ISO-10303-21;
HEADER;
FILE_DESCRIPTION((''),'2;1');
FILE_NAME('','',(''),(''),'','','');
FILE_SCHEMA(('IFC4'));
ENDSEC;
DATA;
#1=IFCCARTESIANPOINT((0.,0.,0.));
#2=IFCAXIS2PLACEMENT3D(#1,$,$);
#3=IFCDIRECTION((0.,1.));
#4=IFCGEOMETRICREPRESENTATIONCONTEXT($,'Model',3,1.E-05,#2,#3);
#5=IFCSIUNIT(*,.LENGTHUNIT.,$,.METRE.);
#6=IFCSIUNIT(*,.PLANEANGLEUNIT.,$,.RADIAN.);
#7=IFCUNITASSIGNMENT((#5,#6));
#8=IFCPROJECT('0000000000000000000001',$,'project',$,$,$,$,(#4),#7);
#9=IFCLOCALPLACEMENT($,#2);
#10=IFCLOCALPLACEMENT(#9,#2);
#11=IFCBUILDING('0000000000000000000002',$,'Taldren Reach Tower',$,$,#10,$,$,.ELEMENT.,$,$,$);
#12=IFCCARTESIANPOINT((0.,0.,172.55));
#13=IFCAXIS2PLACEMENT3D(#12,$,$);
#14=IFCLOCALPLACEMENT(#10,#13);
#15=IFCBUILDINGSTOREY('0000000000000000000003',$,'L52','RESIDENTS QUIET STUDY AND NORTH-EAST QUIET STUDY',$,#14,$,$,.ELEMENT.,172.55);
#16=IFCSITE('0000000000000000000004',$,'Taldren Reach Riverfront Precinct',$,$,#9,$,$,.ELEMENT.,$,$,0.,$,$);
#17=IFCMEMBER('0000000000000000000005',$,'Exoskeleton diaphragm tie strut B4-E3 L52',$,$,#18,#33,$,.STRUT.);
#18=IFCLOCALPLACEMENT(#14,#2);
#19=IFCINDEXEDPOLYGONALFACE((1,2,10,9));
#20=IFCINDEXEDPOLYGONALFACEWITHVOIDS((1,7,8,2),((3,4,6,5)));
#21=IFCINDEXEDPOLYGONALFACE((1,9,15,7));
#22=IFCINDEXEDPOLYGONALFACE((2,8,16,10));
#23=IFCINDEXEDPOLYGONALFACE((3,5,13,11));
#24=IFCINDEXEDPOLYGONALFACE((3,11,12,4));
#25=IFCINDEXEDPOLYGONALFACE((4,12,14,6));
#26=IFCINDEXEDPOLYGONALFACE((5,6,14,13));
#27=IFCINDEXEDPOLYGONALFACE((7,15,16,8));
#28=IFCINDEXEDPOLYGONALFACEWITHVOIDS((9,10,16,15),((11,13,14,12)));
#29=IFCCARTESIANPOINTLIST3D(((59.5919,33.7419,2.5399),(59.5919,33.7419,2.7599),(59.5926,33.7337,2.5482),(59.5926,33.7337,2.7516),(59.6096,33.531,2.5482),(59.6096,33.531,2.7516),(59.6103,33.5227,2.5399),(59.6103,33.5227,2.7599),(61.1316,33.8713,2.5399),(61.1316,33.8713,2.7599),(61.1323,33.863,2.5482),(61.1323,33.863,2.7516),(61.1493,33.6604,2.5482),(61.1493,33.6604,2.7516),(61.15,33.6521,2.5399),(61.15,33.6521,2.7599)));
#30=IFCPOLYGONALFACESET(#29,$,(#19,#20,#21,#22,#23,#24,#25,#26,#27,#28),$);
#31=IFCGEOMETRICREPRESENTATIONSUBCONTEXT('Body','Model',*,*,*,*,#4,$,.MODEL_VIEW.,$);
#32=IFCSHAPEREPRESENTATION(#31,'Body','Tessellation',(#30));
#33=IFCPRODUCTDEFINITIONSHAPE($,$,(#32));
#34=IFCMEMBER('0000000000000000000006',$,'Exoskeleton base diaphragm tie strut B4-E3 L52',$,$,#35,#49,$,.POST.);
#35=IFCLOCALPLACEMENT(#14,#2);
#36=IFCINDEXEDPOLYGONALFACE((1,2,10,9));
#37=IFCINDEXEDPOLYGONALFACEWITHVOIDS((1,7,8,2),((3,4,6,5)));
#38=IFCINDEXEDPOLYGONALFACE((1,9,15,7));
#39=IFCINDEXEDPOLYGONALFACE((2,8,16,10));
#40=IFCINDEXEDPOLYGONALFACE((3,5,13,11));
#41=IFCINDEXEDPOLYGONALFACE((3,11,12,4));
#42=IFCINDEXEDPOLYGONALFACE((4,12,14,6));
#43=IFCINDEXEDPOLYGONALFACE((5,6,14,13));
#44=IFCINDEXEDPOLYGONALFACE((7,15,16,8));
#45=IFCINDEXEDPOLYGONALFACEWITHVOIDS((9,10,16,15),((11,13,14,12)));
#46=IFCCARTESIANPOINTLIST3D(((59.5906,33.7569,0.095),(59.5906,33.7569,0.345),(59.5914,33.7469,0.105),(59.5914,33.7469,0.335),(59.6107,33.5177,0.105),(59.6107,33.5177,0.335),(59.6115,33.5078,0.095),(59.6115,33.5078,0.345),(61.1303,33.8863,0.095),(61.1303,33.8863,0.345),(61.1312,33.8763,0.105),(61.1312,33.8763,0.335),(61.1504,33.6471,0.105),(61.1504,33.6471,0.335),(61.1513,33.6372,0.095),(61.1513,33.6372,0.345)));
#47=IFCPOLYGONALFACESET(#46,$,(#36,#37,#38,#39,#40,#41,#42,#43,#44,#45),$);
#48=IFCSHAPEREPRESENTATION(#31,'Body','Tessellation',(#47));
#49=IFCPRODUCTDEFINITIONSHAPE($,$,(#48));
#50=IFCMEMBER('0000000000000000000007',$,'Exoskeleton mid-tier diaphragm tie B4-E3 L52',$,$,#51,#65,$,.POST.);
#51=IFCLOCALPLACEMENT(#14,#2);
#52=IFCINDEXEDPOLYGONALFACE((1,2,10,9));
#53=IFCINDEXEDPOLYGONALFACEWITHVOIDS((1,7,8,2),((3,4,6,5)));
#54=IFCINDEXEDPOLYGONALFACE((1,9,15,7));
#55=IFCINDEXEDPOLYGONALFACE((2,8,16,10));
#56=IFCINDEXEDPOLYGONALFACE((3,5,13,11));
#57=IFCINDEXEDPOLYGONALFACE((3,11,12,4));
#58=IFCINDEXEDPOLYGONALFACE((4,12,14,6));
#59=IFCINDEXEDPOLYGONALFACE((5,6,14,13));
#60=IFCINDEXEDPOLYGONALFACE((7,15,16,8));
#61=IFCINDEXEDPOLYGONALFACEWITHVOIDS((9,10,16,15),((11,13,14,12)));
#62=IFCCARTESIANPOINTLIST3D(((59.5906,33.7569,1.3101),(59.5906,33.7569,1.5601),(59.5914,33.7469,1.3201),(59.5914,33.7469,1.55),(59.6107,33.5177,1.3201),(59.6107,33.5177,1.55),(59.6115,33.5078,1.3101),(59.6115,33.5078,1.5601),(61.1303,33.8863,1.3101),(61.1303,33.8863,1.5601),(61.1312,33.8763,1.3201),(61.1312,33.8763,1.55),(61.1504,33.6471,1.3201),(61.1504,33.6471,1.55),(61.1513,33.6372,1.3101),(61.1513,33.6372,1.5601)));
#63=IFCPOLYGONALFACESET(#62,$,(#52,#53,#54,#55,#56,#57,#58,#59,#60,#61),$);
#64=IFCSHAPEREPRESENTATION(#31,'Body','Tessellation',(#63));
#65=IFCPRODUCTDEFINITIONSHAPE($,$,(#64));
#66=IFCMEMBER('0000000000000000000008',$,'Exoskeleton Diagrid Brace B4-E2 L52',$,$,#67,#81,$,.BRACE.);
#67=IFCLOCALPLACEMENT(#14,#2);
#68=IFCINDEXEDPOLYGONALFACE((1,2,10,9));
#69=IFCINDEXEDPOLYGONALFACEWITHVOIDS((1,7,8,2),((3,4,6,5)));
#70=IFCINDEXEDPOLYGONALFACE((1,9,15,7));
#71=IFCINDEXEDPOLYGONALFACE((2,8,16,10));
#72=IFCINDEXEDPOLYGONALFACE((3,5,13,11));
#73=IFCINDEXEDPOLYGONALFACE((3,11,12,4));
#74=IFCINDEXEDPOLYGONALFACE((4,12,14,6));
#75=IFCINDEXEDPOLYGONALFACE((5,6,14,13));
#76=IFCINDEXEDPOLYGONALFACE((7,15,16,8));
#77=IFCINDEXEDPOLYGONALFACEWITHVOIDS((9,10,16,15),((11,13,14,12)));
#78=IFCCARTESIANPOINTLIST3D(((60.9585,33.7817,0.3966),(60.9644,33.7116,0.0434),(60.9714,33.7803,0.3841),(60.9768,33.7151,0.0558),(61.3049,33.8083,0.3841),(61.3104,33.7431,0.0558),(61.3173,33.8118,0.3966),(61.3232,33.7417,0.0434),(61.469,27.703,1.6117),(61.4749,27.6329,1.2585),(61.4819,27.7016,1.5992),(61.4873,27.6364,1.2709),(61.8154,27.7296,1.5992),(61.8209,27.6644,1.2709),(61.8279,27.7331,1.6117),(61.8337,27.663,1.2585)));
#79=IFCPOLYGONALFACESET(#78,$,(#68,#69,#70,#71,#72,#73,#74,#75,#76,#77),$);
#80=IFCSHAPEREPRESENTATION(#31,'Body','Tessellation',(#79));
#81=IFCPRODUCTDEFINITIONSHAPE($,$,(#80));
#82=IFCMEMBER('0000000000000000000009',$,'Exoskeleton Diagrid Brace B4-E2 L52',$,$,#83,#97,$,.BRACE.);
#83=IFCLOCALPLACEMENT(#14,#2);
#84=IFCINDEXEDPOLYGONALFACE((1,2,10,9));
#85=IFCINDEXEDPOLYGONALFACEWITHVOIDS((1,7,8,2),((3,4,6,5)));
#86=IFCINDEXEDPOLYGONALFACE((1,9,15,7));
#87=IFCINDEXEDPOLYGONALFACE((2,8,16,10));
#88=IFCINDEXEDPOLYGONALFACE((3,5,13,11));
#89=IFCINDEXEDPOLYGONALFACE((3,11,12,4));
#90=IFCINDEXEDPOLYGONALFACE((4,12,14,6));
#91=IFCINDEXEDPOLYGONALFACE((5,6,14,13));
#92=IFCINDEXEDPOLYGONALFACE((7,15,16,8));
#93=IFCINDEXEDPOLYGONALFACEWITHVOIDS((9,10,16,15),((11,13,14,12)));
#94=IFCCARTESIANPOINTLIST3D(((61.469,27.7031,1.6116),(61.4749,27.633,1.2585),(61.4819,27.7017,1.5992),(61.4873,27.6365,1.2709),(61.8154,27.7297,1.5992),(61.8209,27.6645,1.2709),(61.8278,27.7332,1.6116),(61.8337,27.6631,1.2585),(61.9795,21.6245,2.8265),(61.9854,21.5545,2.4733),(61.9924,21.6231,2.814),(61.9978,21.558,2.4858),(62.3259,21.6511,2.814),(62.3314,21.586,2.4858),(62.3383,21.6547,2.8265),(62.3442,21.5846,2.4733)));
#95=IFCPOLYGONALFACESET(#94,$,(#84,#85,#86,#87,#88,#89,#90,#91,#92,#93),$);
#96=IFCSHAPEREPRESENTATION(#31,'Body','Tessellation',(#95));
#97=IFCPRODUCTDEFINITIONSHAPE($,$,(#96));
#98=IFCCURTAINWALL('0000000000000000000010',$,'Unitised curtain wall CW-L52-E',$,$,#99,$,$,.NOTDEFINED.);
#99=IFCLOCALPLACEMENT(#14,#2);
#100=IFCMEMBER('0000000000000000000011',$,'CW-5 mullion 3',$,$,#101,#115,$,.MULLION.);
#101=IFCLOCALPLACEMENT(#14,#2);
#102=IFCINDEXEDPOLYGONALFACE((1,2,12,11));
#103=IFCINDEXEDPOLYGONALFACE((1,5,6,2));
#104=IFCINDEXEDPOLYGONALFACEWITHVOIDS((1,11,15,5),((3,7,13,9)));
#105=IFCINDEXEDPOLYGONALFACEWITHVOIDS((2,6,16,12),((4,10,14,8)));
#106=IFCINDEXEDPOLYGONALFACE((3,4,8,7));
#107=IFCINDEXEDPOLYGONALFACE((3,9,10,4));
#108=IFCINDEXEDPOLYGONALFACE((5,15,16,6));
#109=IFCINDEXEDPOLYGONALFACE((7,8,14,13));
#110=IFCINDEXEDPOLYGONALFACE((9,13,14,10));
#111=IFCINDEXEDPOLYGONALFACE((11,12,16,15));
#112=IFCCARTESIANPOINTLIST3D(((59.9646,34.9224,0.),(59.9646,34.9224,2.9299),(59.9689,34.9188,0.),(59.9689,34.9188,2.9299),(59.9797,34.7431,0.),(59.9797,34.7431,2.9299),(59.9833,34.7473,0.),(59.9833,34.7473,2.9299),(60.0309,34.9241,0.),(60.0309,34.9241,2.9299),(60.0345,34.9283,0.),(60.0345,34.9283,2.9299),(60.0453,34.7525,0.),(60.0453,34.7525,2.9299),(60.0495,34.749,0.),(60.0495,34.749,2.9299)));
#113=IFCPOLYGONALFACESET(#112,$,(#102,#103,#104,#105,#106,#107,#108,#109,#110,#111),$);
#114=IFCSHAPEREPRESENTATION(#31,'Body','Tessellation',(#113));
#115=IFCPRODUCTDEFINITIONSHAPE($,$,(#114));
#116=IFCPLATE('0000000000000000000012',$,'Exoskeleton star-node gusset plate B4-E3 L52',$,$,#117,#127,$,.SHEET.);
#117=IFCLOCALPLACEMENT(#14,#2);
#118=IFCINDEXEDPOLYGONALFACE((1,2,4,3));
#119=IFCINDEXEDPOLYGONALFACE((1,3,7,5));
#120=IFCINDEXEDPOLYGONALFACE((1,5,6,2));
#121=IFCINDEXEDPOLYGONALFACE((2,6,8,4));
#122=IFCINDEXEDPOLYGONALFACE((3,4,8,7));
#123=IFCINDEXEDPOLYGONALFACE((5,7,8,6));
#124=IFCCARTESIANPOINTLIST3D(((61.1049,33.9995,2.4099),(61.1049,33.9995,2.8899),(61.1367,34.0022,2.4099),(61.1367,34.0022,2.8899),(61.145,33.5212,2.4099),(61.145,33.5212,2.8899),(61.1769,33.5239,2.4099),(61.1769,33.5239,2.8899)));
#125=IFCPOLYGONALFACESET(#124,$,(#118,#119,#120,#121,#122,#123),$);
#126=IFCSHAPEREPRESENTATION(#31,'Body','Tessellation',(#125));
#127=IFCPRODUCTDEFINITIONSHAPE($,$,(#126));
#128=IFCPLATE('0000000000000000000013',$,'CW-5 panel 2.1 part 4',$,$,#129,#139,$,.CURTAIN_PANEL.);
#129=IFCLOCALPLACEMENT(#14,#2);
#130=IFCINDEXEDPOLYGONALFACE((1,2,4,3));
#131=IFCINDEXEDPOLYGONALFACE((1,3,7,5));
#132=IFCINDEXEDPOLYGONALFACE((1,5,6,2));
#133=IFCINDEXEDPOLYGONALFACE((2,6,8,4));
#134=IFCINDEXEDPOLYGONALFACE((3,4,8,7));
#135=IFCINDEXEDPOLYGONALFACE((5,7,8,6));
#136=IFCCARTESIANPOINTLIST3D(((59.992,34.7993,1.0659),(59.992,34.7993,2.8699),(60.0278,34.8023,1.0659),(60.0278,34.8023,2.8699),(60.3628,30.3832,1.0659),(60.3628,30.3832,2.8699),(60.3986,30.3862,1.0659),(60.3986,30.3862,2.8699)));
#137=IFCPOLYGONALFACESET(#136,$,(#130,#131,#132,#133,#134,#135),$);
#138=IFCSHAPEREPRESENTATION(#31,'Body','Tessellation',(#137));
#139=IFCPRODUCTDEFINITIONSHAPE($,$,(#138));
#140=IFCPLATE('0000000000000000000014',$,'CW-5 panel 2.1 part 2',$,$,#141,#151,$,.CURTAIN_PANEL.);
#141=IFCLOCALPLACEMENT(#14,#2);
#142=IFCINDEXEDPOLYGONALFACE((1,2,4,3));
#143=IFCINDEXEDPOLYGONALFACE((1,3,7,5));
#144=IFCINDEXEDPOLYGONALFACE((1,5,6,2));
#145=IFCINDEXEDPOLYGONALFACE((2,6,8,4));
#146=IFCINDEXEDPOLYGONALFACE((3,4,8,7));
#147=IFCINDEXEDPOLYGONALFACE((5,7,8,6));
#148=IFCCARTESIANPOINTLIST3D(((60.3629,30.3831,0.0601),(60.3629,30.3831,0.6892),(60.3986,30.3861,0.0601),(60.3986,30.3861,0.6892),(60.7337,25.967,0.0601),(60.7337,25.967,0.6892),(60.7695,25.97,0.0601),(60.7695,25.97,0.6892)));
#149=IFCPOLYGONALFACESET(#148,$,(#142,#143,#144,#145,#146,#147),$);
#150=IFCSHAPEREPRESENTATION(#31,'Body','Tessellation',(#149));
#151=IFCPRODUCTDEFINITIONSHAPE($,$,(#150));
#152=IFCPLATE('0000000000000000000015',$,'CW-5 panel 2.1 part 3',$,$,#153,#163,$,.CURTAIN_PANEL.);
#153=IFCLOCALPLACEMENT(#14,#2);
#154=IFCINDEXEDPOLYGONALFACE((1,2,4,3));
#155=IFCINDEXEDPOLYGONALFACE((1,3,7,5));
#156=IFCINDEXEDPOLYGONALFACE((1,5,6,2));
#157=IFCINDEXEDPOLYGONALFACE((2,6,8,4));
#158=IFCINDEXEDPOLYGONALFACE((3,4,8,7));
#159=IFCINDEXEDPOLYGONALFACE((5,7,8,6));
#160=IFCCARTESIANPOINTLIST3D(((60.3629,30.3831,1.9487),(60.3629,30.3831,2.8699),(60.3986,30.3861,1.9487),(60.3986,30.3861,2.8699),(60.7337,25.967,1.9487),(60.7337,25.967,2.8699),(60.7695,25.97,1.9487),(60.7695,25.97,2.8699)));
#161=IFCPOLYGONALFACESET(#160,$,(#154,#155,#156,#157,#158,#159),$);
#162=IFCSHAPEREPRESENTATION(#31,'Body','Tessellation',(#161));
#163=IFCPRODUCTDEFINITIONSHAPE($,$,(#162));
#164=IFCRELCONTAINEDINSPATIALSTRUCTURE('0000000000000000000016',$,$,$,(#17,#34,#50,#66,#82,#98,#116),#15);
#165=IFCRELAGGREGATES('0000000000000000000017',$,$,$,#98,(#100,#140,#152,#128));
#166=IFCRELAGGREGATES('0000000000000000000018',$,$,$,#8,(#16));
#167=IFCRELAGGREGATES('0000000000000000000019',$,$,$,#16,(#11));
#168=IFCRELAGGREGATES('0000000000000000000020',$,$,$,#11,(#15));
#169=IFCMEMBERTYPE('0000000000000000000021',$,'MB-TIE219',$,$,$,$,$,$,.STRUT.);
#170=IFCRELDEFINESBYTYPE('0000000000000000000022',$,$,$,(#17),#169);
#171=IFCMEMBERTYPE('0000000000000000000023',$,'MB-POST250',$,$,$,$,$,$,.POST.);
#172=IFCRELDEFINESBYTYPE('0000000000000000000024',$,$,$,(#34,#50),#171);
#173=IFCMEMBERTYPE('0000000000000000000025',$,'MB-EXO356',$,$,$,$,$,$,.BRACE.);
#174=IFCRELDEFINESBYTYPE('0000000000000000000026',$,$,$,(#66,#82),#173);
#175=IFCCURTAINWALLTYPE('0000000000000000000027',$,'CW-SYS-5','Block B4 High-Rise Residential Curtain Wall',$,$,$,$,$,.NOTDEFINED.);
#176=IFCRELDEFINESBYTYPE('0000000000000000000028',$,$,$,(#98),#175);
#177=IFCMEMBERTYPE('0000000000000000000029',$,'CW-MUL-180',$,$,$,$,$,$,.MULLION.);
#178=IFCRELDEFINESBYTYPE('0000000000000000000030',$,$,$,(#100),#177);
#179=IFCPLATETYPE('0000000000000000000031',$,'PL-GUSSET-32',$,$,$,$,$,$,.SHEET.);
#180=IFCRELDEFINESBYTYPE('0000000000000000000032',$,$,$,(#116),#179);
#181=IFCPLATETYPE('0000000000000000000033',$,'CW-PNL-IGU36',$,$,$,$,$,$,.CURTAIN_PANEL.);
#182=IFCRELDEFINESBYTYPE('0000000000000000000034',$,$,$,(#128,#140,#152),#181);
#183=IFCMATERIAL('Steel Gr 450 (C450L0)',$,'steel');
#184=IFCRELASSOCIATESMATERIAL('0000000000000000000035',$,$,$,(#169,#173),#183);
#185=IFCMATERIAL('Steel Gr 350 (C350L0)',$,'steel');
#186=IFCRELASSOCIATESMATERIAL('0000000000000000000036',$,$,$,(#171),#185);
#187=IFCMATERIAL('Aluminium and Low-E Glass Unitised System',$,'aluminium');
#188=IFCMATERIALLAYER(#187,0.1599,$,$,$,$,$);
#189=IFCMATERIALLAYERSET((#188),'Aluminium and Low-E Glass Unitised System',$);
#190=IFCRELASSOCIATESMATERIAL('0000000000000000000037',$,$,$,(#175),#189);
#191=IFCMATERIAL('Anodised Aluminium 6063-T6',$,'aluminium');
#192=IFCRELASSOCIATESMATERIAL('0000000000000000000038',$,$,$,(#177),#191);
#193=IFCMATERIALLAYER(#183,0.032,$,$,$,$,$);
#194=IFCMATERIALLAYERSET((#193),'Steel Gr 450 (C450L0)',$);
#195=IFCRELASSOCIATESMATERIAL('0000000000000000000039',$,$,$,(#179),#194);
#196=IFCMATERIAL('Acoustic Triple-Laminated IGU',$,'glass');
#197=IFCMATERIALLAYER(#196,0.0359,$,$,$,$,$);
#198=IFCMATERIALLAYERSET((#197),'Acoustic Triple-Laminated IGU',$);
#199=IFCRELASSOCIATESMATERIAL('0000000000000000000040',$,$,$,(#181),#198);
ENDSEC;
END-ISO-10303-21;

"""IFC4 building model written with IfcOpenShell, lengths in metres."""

from ifc_helpers import new_model, si_unit, direction, frame, origin, origin_2d, place, context, subcontext, project, spatial, rectangle, hollow_rectangle, extrude, source, transform, mapped, material, layer, layer_set, material_profile, profile_set, type_object, element, aggregate, save


model = new_model("IFC4")

# Units and contexts
model_context = context("Model", 3, precision=1e-05, world=origin(), true_north=direction((0.0, 1.0)))
body_context = subcontext(model_context, "Body", "Model", "MODEL_VIEW")
ifc_project = project(units=[si_unit("LENGTHUNIT", "METRE"), si_unit("PLANEANGLEUNIT", "RADIAN")], contexts=[model_context])

# Site, building, storey
site_placement = place(None, origin())
site = spatial("IfcSite", under=ifc_project, at=site_placement, Name="Taldren Reach Riverfront Precinct", CompositionType="ELEMENT", RefElevation=0.0)
building_placement = place(site_placement, origin())
building = spatial("IfcBuilding", under=site, at=building_placement, Name="Taldren Reach Tower", CompositionType="ELEMENT")
storey_placement = place(building_placement, frame((0.0, 0.0, 172.55)))
storey = spatial("IfcBuildingStorey", under=building, at=storey_placement, Name="L52", Description="RESIDENTS QUIET STUDY AND NORTH-EAST QUIET STUDY", CompositionType="ELEMENT", Elevation=172.55)

# Shared definitions
ifc_material_1 = material(Name="Steel Gr 450 (C450L0)", Category="steel")

# Members
ifc_material_profile_1 = material_profile(ifc_material_1, hollow_rectangle(XDim=0.22, YDim=0.22, WallThickness=0.0083, at=origin_2d()), Name="220x220x8.2SHS")
ifc_profile_set_1 = profile_set([ifc_material_profile_1], Name="Steel Gr 450 (C450L0)")
member_type_1 = type_object("IfcMemberType", Name="MB-TIE219", PredefinedType="STRUT", material=ifc_profile_set_1)
shared_shape_1 = source(origin(), body_context, "Body", "SweptSolid", [
    extrude(hollow_rectangle(XDim=0.22, YDim=0.22, WallThickness=0.0083, at=origin_2d()), origin(), (0.0, 0.0, 1.0), 1.5452),
])
member_1_placement = place(storey_placement, frame((59.6011, 33.6323, 2.6499), z_axis=(0.996488, 0.083738, 0.0), x_axis=(-0.083738, 0.996488, 0.0)))
element("IfcMember", 1, at=member_1_placement, inside=storey, type_object=member_type_1, Name="Exoskeleton diaphragm tie strut B4-E3 L52", PredefinedType="STRUT", context=body_context, shape_type="MappedRepresentation", body=[
    mapped(shared_shape_1, transform((0.0, 0.0, 0.0), scale=1.0)),
])
ifc_material_2 = material(Name="Steel Gr 350 (C350L0)", Category="steel")
ifc_material_profile_2 = material_profile(ifc_material_2, hollow_rectangle(XDim=0.25, YDim=0.25, WallThickness=0.01, at=origin_2d()), Name="250x250x10.0SHS")
ifc_profile_set_2 = profile_set([ifc_material_profile_2], Name="Steel Gr 350 (C350L0)")
member_type_2 = type_object("IfcMemberType", Name="MB-POST250", PredefinedType="POST", material=ifc_profile_set_2)
shared_shape_2 = source(origin(), body_context, "Body", "SweptSolid", [
    extrude(hollow_rectangle(XDim=0.25, YDim=0.25, WallThickness=0.01, at=origin_2d()), origin(), (0.0, 0.0, 1.0), 1.5452),
])
for number, where, z_axis, x_axis, name in (
    (2, (59.6011, 33.6323, 0.22), (0.996488, 0.083738, 0.0), (-0.083738, 0.996488, 0.0), "Exoskeleton base diaphragm tie strut B4-E3 L52"),
    (3, (59.6011, 33.6323, 1.4351), (0.996488, 0.083738, 0.0), (-0.083738, 0.996488, 0.0), "Exoskeleton mid-tier diaphragm tie B4-E3 L52"),
):
    element("IfcMember", number, at=place(storey_placement, frame(where, z_axis=z_axis, x_axis=x_axis)), inside=storey, type_object=member_type_2, Name=name, PredefinedType="POST", context=body_context, shape_type="MappedRepresentation", body=[
        mapped(shared_shape_2, transform((0.0, 0.0, 0.0), scale=1.0)),
    ])
ifc_material_profile_3 = material_profile(ifc_material_1, hollow_rectangle(XDim=0.3601, YDim=0.3601, WallThickness=0.0127, at=origin_2d()), Name="360x360x12.7SHS")
ifc_profile_set_3 = profile_set([ifc_material_profile_3], Name="Steel Gr 450 (C450L0)")
member_type_3 = type_object("IfcMemberType", Name="MB-EXO356", PredefinedType="BRACE", material=ifc_profile_set_3)
shared_shape_3 = source(origin(), body_context, "Body", "SweptSolid", [
    extrude(hollow_rectangle(XDim=0.3601, YDim=0.3601, WallThickness=0.0127, at=origin_2d()), origin(), (0.0, 0.0, 1.0), 6.22),
])
member_2_placement = place(storey_placement, frame((61.1409, 33.7617, 0.22), z_axis=(0.082076, -0.977292, 0.195356), x_axis=(0.996492, 0.083688, 0.0)))
element("IfcMember", 4, at=member_2_placement, inside=storey, type_object=member_type_3, Name="Exoskeleton Diagrid Brace B4-E2 L52", PredefinedType="BRACE", context=body_context, shape_type="MappedRepresentation", body=[
    mapped(shared_shape_3, transform((0.0, 0.0, 0.0), scale=1.0)),
])
shared_shape_4 = source(origin(), body_context, "Body", "SweptSolid", [
    extrude(hollow_rectangle(XDim=0.3601, YDim=0.3601, WallThickness=0.0127, at=origin_2d()), origin(), (0.0, 0.0, 1.0), 6.2197),
])
member_3_placement = place(storey_placement, frame((61.6514, 27.6831, 1.4351), z_axis=(0.082076, -0.977299, 0.195319), x_axis=(0.996492, 0.083688, 0.0)))
element("IfcMember", 5, at=member_3_placement, inside=storey, type_object=member_type_3, Name="Exoskeleton Diagrid Brace B4-E2 L52", PredefinedType="BRACE", context=body_context, shape_type="MappedRepresentation", body=[
    mapped(shared_shape_4, transform((0.0, 0.0, 0.0), scale=1.0)),
])

# Curtain wall, member
ifc_material_3 = material(Name="Aluminium and Low-E Glass Unitised System", Category="aluminium")
ifc_layer_1 = layer(ifc_material_3, 0.1599)
ifc_layer_set_1 = layer_set([ifc_layer_1], Name="Aluminium and Low-E Glass Unitised System")
curtain_wall_type = type_object("IfcCurtainWallType", Name="CW-SYS-5", Description="Block B4 High-Rise Residential Curtain Wall", PredefinedType="NOTDEFINED", material=ifc_layer_set_1)
curtain_wall_placement = place(storey_placement, origin())
curtain_wall = element("IfcCurtainWall", 6, at=curtain_wall_placement, inside=storey, type_object=curtain_wall_type, Name="Unitised curtain wall CW-L52-E", PredefinedType="NOTDEFINED")
ifc_material_4 = material(Name="Anodised Aluminium 6063-T6", Category="aluminium")
ifc_material_profile_4 = material_profile(ifc_material_4, hollow_rectangle(XDim=0.0701, YDim=0.1799, WallThickness=0.0039, at=origin_2d()), Name="ALU-180x70x4RHS")
ifc_profile_set_4 = profile_set([ifc_material_profile_4], Name="Anodised Aluminium 6063-T6")
member_type_4 = type_object("IfcMemberType", Name="CW-MUL-180", PredefinedType="MULLION", material=ifc_profile_set_4)
shared_shape_5 = source(origin(), body_context, "Body", "SweptSolid", [
    extrude(hollow_rectangle(XDim=0.0701, YDim=0.1799, WallThickness=0.0039, at=origin_2d()), origin(), (0.0, 0.0, 1.0), 2.9299),
])
member_4_placement = place(storey_placement, frame((60.0071, 34.8357, 0.0), z_axis=(0.0, 0.0, 1.0), x_axis=(-0.996493, -0.083678, 0.0)))
member_4 = element("IfcMember", 7, at=member_4_placement, type_object=member_type_4, Name="CW-5 mullion 3", PredefinedType="MULLION", context=body_context, shape_type="MappedRepresentation", body=[
    mapped(shared_shape_5, transform((0.0, 0.0, 0.0), scale=1.0)),
])

# Plates
ifc_layer_2 = layer(ifc_material_1, 0.032)
ifc_layer_set_2 = layer_set([ifc_layer_2], Name="Steel Gr 450 (C450L0)")
plate_type_1 = type_object("IfcPlateType", Name="PL-GUSSET-32", PredefinedType="SHEET", material=ifc_layer_set_2)
shared_shape_6 = source(origin(), body_context, "Body", "SweptSolid", [
    extrude(rectangle(XDim=0.48, YDim=0.032, at=origin_2d()), origin(), (0.0, 0.0, 1.0), 0.48),
])
plate_1_placement = place(storey_placement, frame((61.1409, 33.7617, 2.4099), z_axis=(0.0, 0.0, 1.0), x_axis=(-0.083678, 0.996493, 0.0)))
element("IfcPlate", 8, at=plate_1_placement, inside=storey, type_object=plate_type_1, Name="Exoskeleton star-node gusset plate B4-E3 L52", PredefinedType="SHEET", context=body_context, shape_type="MappedRepresentation", body=[
    mapped(shared_shape_6, transform((0.0, 0.0, 0.0), scale=1.0)),
])
ifc_material_5 = material(Name="Acoustic Triple-Laminated IGU", Category="glass")
ifc_layer_3 = layer(ifc_material_5, 0.0359)
ifc_layer_set_3 = layer_set([ifc_layer_3], Name="Acoustic Triple-Laminated IGU")
plate_type_2 = type_object("IfcPlateType", Name="CW-PNL-IGU36", PredefinedType="CURTAIN_PANEL", material=ifc_layer_set_3)
shared_shape_7 = source(origin(), body_context, "Body", "SweptSolid", [
    extrude(rectangle(XDim=4.4316, YDim=0.0359, at=origin_2d()), origin(), (0.0, 0.0, 1.0), 1.804),
])
plate_2_placement = place(storey_placement, frame((60.1953, 32.5928, 1.0659), z_axis=(0.0, 0.0, 1.0), x_axis=(-0.083678, 0.996493, 0.0)))
plate_2 = element("IfcPlate", 9, at=plate_2_placement, type_object=plate_type_2, Name="CW-5 panel 2.1 part 4", PredefinedType="CURTAIN_PANEL", context=body_context, shape_type="MappedRepresentation", body=[
    mapped(shared_shape_7, transform((0.0, 0.0, 0.0), scale=1.0)),
])
shared_shape_8 = source(origin(), body_context, "Body", "SweptSolid", [
    extrude(rectangle(XDim=4.4316, YDim=0.0359, at=origin_2d()), origin(), (0.0, 0.0, 1.0), 0.6292),
])
plate_3_placement = place(storey_placement, frame((60.5662, 28.1765, 0.0601), z_axis=(0.0, 0.0, 1.0), x_axis=(-0.083678, 0.996493, 0.0)))
plate_3 = element("IfcPlate", 10, at=plate_3_placement, type_object=plate_type_2, Name="CW-5 panel 2.1 part 2", PredefinedType="CURTAIN_PANEL", context=body_context, shape_type="MappedRepresentation", body=[
    mapped(shared_shape_8, transform((0.0, 0.0, 0.0), scale=1.0)),
])
shared_shape_9 = source(origin(), body_context, "Body", "SweptSolid", [
    extrude(rectangle(XDim=4.4316, YDim=0.0359, at=origin_2d()), origin(), (0.0, 0.0, 1.0), 0.9211),
])
plate_4_placement = place(storey_placement, frame((60.5662, 28.1765, 1.9487), z_axis=(0.0, 0.0, 1.0), x_axis=(-0.083678, 0.996493, 0.0)))
plate_4 = element("IfcPlate", 11, at=plate_4_placement, type_object=plate_type_2, Name="CW-5 panel 2.1 part 3", PredefinedType="CURTAIN_PANEL", context=body_context, shape_type="MappedRepresentation", body=[
    mapped(shared_shape_9, transform((0.0, 0.0, 0.0), scale=1.0)),
])
aggregate(curtain_wall, [member_4, plate_3, plate_4, plate_2])

save(model, "model.ifc")
